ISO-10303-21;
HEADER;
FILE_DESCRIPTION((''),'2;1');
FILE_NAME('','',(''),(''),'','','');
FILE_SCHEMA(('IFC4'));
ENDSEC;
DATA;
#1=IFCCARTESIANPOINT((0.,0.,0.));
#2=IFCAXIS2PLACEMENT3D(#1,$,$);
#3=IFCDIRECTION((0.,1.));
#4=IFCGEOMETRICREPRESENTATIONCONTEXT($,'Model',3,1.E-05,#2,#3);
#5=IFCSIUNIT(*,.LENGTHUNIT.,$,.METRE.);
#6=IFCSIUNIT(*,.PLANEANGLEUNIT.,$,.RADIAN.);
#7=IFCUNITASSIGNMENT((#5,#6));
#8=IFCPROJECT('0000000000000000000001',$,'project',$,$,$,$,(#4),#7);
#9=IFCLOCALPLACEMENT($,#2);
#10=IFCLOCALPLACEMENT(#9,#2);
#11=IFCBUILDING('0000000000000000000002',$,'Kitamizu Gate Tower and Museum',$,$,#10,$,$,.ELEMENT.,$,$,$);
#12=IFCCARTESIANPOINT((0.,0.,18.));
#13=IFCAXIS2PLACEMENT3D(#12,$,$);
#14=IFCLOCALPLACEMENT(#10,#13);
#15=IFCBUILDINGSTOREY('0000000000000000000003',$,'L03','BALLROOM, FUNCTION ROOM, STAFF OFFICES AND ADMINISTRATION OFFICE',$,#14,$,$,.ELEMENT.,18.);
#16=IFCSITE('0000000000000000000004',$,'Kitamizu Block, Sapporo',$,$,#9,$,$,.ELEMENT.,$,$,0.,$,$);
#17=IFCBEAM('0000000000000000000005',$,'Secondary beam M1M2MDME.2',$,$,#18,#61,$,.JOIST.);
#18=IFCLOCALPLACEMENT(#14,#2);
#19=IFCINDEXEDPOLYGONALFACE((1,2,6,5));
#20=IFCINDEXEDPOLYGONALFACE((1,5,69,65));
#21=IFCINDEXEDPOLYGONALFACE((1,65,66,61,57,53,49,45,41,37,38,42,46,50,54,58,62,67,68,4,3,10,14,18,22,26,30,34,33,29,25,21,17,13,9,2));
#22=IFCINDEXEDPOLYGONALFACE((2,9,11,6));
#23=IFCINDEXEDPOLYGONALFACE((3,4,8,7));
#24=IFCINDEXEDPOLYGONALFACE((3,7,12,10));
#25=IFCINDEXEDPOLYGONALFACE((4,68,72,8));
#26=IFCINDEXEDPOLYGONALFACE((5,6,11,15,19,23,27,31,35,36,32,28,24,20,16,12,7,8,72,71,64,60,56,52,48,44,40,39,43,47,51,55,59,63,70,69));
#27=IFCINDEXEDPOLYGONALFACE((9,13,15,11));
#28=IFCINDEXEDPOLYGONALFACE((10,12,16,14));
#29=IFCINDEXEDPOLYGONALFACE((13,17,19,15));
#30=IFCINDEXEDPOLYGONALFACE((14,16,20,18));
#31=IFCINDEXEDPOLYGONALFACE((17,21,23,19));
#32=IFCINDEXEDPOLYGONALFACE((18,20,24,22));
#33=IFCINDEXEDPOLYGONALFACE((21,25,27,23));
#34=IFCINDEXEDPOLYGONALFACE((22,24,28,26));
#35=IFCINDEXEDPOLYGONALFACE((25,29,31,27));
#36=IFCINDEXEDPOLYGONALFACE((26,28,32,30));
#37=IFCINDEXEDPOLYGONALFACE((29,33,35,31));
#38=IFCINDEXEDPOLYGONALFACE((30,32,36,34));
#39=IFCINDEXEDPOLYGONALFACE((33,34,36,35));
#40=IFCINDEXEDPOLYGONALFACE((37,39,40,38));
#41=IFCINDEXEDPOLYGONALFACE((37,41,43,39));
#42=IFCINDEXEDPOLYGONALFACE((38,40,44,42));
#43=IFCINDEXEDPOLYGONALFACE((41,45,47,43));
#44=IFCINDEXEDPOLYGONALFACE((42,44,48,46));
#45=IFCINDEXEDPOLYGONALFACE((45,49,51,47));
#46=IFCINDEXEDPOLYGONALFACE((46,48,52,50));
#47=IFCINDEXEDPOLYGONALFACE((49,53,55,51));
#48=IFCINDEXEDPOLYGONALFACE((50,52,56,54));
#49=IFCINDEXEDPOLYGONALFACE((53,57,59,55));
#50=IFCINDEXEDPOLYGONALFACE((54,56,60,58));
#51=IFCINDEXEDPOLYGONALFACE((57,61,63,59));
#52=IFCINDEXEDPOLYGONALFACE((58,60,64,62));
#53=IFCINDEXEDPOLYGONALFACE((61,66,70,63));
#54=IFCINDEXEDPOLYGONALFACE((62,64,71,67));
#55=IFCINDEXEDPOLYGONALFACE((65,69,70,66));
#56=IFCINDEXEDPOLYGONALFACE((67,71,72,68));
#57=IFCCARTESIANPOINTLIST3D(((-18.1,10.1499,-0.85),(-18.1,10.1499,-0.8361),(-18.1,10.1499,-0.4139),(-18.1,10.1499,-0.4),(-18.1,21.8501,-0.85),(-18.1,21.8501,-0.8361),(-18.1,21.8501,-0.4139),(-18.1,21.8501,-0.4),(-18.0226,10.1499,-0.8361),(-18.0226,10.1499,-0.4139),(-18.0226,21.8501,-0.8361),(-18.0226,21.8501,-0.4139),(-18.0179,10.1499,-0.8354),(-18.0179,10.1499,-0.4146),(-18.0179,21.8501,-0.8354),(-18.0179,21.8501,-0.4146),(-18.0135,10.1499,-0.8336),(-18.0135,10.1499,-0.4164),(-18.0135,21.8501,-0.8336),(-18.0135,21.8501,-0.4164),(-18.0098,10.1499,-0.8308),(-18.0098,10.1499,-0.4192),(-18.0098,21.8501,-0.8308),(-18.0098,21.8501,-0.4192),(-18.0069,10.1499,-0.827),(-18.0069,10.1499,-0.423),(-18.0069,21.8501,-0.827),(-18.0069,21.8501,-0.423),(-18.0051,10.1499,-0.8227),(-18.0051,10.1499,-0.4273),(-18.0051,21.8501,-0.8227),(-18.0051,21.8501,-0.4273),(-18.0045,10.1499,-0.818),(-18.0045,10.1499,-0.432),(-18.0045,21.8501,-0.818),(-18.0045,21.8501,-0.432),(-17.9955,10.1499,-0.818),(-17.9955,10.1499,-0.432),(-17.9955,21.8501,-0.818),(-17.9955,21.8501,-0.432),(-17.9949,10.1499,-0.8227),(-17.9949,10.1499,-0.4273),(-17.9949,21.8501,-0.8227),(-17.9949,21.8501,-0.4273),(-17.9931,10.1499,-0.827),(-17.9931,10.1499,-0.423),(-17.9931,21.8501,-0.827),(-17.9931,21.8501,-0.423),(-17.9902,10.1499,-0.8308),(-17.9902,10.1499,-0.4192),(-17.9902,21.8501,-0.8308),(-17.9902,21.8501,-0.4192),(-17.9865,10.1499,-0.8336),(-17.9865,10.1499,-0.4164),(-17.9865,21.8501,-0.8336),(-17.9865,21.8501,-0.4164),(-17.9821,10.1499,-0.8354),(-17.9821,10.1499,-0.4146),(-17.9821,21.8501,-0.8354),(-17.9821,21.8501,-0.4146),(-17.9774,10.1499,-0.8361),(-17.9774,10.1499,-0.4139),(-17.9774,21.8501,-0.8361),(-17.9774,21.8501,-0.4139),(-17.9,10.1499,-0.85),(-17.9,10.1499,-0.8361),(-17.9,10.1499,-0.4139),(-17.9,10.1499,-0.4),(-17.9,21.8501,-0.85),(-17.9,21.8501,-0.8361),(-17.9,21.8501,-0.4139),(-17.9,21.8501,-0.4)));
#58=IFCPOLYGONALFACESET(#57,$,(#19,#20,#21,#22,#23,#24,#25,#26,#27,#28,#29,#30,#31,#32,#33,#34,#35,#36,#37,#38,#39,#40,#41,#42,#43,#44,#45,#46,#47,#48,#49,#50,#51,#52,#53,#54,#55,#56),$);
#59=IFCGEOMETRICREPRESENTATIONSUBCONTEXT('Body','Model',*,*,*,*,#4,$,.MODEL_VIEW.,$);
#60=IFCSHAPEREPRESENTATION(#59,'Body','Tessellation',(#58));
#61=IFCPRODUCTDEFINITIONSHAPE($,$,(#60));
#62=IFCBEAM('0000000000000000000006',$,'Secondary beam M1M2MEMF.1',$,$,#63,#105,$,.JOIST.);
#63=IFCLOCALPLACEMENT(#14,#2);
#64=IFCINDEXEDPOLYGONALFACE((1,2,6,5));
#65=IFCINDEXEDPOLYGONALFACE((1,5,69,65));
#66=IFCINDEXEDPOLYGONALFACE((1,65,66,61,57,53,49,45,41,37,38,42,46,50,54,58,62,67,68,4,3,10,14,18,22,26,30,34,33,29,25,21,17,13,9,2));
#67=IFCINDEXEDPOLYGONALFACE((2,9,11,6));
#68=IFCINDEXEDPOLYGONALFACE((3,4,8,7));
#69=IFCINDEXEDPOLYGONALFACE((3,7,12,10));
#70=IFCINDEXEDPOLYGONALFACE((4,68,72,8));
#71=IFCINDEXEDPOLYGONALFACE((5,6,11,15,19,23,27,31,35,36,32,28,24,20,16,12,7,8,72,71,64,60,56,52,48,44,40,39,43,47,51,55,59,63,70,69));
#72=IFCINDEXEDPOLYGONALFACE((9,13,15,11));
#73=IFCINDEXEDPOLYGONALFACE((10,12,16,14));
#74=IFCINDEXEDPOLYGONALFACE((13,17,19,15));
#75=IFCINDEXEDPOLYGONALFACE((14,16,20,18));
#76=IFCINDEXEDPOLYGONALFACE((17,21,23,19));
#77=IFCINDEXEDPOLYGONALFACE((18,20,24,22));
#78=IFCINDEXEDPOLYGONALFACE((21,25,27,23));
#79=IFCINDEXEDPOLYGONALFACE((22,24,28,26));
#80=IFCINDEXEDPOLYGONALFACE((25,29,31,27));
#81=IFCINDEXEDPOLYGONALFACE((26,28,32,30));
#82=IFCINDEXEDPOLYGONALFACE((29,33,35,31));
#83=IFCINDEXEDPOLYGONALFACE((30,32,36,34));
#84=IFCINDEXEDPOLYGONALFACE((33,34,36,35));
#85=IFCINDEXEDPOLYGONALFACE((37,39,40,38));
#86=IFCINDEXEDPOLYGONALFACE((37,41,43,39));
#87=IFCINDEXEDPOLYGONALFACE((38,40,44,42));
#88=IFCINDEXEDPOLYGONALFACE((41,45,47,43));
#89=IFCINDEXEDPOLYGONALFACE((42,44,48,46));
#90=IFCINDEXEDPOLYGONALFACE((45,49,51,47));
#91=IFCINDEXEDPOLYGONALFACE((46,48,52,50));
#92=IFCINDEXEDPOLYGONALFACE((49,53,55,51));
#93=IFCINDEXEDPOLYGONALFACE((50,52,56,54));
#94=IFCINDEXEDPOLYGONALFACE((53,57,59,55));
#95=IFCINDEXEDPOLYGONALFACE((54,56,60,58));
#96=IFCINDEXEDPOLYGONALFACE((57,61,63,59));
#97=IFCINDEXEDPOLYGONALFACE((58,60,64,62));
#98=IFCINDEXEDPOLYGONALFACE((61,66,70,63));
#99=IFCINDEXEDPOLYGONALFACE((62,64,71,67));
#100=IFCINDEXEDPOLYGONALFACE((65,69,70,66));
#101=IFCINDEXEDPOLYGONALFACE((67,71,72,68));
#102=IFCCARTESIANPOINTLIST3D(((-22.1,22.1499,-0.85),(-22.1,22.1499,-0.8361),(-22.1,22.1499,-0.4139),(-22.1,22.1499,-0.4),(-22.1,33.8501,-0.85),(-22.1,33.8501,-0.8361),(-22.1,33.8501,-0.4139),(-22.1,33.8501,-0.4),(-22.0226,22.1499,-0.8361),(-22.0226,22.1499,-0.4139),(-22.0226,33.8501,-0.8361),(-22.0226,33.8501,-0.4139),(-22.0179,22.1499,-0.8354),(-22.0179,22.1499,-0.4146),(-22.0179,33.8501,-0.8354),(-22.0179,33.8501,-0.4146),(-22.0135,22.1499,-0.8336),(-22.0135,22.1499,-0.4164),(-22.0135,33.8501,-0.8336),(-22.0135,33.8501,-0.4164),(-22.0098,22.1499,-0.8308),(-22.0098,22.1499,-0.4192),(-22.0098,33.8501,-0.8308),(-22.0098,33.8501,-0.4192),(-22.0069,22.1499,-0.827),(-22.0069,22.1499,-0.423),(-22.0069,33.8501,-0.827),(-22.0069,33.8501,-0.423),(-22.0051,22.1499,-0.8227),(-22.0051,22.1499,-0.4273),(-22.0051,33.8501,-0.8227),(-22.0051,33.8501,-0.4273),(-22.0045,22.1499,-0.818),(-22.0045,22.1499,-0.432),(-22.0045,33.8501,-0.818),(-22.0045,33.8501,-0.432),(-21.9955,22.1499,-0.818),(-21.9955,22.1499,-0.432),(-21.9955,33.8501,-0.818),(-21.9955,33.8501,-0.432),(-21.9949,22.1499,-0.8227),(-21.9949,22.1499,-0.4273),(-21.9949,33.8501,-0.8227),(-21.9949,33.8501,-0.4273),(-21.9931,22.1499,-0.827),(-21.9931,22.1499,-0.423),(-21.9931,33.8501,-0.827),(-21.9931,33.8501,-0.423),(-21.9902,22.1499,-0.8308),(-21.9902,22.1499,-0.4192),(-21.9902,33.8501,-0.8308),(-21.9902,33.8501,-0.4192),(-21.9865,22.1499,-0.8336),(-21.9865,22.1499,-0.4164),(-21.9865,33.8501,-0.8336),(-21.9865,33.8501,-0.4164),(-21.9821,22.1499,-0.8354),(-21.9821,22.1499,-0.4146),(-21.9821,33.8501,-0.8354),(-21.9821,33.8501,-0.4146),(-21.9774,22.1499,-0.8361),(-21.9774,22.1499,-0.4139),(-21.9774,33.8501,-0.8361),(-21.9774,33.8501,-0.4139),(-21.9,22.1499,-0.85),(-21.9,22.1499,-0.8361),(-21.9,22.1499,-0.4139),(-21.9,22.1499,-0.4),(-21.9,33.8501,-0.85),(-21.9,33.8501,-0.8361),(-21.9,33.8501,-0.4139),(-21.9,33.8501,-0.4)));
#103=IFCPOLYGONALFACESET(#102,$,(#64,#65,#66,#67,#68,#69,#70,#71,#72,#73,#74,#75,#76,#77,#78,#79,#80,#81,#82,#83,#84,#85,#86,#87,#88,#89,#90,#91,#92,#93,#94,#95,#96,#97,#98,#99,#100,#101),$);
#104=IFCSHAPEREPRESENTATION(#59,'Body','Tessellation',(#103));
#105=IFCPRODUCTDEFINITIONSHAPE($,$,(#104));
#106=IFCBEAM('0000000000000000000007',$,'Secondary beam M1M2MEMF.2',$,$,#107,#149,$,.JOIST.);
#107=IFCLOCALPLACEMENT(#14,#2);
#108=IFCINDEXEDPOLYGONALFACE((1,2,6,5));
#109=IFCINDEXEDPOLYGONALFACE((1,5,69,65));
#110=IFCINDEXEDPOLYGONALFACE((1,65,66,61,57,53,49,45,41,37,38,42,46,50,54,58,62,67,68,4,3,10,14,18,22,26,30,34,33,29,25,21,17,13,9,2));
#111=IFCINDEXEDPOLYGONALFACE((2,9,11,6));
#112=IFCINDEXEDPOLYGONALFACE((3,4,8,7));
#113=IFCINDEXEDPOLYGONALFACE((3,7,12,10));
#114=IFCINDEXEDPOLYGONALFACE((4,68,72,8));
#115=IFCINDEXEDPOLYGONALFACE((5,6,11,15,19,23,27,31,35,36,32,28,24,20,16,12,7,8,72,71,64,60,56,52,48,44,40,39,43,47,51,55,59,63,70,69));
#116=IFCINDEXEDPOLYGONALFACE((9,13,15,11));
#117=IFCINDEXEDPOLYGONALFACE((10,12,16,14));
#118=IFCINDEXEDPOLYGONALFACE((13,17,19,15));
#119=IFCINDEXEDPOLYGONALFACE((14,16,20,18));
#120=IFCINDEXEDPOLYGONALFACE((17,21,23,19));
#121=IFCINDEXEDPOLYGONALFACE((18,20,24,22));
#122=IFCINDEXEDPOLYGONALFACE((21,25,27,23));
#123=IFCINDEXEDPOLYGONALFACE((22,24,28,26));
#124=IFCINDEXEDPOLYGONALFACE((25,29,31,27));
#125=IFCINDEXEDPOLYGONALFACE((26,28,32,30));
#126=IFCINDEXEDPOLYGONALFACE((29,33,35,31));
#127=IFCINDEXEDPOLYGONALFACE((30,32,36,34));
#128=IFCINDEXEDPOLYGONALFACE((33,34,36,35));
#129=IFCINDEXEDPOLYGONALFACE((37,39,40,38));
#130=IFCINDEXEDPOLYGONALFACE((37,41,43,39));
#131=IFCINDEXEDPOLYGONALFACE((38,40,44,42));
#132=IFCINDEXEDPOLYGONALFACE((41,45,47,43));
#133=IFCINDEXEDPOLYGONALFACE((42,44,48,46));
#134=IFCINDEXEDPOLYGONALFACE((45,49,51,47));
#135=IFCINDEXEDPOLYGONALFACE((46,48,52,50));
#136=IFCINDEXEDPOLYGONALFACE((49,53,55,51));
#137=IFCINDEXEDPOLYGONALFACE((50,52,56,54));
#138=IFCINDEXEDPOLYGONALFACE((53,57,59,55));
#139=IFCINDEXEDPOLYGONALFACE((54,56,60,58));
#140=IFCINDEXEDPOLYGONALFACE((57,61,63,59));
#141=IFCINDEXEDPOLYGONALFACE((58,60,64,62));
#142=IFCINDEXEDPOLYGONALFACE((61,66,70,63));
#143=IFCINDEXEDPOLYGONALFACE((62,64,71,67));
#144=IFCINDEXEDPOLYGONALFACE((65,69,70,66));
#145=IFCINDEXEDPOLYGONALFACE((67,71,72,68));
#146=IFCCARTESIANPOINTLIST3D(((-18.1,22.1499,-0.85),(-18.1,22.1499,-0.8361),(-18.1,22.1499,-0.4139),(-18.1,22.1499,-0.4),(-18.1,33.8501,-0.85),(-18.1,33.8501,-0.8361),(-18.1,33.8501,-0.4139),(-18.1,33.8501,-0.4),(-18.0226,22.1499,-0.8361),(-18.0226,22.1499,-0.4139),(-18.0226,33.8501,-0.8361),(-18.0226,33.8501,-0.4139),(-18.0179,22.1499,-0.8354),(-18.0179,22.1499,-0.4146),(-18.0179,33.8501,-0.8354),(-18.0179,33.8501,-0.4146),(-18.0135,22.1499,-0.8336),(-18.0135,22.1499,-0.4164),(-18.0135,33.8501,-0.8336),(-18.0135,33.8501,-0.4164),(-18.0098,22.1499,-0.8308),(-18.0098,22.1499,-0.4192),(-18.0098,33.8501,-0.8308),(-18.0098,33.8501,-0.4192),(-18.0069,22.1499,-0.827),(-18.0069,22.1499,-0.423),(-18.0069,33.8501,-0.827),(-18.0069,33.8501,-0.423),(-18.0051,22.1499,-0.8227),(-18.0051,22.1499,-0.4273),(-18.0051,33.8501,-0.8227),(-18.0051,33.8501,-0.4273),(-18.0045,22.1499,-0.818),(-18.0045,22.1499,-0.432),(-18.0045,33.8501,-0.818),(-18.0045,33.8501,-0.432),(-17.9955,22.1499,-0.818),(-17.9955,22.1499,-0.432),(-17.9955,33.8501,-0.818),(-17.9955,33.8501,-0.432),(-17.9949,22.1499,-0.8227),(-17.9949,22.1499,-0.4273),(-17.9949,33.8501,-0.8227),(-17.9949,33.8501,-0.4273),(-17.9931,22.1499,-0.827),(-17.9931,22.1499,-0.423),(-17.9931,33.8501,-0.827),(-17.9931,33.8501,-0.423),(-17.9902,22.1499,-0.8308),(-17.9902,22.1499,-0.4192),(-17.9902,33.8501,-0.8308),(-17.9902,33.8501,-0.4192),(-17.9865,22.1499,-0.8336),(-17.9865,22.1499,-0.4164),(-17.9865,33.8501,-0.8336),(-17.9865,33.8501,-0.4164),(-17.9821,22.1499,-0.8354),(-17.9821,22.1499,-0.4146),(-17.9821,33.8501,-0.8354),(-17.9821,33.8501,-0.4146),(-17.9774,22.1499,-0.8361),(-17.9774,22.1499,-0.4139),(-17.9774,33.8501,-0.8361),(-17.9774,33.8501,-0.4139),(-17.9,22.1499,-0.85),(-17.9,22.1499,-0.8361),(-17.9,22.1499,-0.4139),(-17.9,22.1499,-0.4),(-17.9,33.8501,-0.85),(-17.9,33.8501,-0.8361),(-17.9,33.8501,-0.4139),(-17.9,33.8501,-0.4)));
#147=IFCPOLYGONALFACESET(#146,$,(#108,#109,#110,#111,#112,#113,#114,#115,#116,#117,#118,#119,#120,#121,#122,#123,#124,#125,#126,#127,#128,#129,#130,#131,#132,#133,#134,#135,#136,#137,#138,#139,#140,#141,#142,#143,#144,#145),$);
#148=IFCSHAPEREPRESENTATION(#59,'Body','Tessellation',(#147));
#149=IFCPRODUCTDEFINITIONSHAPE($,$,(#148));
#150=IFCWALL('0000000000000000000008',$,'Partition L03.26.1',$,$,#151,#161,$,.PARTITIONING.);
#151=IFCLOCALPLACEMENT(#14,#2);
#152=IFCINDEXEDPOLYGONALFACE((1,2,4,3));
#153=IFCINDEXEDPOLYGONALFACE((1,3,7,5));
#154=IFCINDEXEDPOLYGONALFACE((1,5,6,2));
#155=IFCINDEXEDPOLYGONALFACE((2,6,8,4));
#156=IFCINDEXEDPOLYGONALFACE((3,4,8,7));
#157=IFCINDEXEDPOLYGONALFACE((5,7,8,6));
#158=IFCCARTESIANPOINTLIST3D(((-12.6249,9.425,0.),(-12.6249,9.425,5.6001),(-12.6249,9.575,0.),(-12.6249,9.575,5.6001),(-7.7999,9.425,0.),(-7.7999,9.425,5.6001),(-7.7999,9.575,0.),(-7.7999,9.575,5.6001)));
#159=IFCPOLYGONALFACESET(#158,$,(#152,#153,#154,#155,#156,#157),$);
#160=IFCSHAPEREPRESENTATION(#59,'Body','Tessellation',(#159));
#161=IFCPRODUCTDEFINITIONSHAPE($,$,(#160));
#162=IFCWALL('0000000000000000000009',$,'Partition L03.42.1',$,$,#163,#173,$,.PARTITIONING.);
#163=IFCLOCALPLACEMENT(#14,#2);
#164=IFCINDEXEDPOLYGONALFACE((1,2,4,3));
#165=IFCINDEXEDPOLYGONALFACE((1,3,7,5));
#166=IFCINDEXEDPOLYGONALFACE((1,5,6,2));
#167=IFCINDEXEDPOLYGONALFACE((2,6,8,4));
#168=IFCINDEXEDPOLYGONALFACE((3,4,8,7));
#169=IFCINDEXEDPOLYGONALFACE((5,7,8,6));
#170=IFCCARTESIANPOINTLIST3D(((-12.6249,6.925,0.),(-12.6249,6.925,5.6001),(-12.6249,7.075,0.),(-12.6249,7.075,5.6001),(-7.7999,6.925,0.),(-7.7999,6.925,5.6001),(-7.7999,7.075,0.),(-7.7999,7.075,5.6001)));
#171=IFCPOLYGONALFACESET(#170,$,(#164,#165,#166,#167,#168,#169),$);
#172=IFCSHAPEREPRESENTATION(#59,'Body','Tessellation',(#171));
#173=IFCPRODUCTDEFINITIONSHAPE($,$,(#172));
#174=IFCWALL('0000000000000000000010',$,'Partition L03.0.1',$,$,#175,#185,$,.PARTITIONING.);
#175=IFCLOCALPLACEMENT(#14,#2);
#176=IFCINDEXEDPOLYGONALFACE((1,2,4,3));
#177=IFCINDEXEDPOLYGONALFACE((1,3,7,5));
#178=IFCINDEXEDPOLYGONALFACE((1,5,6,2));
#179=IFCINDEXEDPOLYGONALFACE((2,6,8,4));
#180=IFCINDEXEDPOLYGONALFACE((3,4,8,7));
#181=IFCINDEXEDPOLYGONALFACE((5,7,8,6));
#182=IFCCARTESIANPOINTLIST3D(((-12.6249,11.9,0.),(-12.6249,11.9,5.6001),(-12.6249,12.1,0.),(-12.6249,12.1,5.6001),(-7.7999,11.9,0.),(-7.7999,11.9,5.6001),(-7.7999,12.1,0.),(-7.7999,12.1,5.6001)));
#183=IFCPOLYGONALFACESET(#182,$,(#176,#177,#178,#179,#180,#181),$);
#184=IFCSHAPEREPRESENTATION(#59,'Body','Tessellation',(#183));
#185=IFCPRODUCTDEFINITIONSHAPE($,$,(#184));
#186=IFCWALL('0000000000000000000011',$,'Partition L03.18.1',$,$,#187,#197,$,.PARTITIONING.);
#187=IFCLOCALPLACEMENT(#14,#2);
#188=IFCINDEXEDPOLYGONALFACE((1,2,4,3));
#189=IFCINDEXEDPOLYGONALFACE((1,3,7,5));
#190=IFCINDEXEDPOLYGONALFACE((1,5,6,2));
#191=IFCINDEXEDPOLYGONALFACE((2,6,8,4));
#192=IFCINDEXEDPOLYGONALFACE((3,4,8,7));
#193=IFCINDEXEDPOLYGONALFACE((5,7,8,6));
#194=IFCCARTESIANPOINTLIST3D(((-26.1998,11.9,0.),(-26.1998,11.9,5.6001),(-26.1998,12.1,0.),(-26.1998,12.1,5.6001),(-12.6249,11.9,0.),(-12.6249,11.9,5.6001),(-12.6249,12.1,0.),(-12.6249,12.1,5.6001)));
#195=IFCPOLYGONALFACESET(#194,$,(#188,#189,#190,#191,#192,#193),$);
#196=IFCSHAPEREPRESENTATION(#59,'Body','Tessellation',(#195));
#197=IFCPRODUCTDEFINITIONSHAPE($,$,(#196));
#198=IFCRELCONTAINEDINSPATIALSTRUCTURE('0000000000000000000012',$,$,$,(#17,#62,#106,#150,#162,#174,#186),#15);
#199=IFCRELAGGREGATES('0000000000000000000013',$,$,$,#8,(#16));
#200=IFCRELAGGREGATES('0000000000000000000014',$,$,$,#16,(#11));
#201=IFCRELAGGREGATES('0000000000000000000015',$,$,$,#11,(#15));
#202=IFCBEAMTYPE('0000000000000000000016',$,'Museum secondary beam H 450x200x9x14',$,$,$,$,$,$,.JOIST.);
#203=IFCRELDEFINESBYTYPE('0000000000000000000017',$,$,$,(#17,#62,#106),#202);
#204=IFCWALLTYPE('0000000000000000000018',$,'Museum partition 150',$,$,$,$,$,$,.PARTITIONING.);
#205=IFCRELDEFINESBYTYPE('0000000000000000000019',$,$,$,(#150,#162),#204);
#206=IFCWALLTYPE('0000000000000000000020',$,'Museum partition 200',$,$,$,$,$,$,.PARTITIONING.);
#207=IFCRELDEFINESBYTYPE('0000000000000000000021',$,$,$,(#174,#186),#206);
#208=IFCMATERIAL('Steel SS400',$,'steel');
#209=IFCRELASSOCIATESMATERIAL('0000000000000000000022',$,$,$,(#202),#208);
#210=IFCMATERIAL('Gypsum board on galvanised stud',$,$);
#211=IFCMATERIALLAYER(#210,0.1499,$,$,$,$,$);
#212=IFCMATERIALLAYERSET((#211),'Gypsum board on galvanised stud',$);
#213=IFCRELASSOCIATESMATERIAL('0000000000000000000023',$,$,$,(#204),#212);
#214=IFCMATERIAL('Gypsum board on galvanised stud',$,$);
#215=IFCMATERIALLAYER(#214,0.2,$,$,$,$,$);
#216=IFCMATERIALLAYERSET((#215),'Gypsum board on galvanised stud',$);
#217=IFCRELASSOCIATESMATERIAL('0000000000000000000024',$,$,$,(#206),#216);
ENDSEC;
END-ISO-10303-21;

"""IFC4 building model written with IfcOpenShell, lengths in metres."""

from ifc_helpers import new_model, si_unit, direction, frame, frame_2d, origin, origin_2d, place, context, subcontext, project, spatial, rectangle, i_section, extrude, material, layer, layer_set, material_profile, profile_set, type_object, element, save


model = new_model("IFC4")

# Units and contexts
model_context = context("Model", 3, precision=1e-05, world=origin(), true_north=direction((0.0, 1.0)))
body_context = subcontext(model_context, "Body", "Model", "MODEL_VIEW")
ifc_project = project(units=[si_unit("LENGTHUNIT", "METRE"), si_unit("PLANEANGLEUNIT", "RADIAN")], contexts=[model_context])

# Site, building, storey
site_placement = place(None, origin())
site = spatial("IfcSite", under=ifc_project, at=site_placement, Name="Kitamizu Block, Sapporo", CompositionType="ELEMENT", RefElevation=0.0)
building_placement = place(site_placement, origin())
building = spatial("IfcBuilding", under=site, at=building_placement, Name="Kitamizu Gate Tower and Museum", CompositionType="ELEMENT")
storey_placement = place(building_placement, frame((0.0, 0.0, 18.0)))
storey = spatial("IfcBuildingStorey", under=building, at=storey_placement, Name="L03", Description="BALLROOM, FUNCTION ROOM, STAFF OFFICES AND ADMINISTRATION OFFICE", CompositionType="ELEMENT", Elevation=18.0)

# Beams
ifc_material_1 = material(Name="Steel SS400", Category="steel")
ifc_material_profile_1 = material_profile(ifc_material_1, i_section(OverallWidth=0.2, OverallDepth=0.45, WebThickness=0.009, FlangeThickness=0.0139, FilletRadius=0.0181, at=origin_2d()), Name="H-450x200x9x14")
ifc_profile_set_1 = profile_set([ifc_material_profile_1], Name="Steel SS400")
beam_type_1 = type_object("IfcBeamType", Name="Museum secondary beam H 450x200x9x14", PredefinedType="JOIST", material=ifc_profile_set_1)
for number, where, z_axis, x_axis, name in (
    (1, (-18.0, 10.1499, -0.625), (0.0, 1.0, 0.0), (-1.0, 0.0, 0.0), "Secondary beam M1M2MDME.2"),
    (2, (-22.0, 22.1499, -0.625), (0.0, 1.0, 0.0), (-1.0, 0.0, 0.0), "Secondary beam M1M2MEMF.1"),
    (3, (-18.0, 22.1499, -0.625), (0.0, 1.0, 0.0), (-1.0, 0.0, 0.0), "Secondary beam M1M2MEMF.2"),
):
    element("IfcBeam", number, at=place(storey_placement, frame(where, z_axis=z_axis, x_axis=x_axis)), inside=storey, type_object=beam_type_1, Name=name, PredefinedType="JOIST", context=body_context, shape_type="SweptSolid", body=[
        extrude(i_section(OverallWidth=0.2, OverallDepth=0.45, WebThickness=0.009, FlangeThickness=0.0139, FilletRadius=0.0181, at=origin_2d()), origin(), (0.0, 0.0, 1.0), 11.7002),
    ])

# Walls
ifc_material_2 = material(Name="Gypsum board on galvanised stud")
ifc_layer_1 = layer(ifc_material_2, 0.1499)
ifc_layer_set_1 = layer_set([ifc_layer_1], Name="Gypsum board on galvanised stud")
wall_type_1 = type_object("IfcWallType", Name="Museum partition 150", PredefinedType="PARTITIONING", material=ifc_layer_set_1)
for number, where, z_axis, x_axis, name in (
    (4, (-12.625, 9.5, 0.0), (0.0, 0.0, 1.0), (1.0, 0.0, 0.0), "Partition L03.26.1"),
    (5, (-12.625, 7.0, 0.0), (0.0, 0.0, 1.0), (1.0, 0.0, 0.0), "Partition L03.42.1"),
):
    element("IfcWall", number, at=place(storey_placement, frame(where, z_axis=z_axis, x_axis=x_axis)), inside=storey, type_object=wall_type_1, Name=name, PredefinedType="PARTITIONING", context=body_context, shape_type="SweptSolid", body=[
        extrude(rectangle(XDim=4.825, YDim=0.1499, at=frame_2d((2.4126, 0.0))), origin(), (0.0, 0.0, 1.0), 5.6001),
    ])
ifc_material_3 = material(Name="Gypsum board on galvanised stud")
ifc_layer_2 = layer(ifc_material_3, 0.2)
ifc_layer_set_2 = layer_set([ifc_layer_2], Name="Gypsum board on galvanised stud")
wall_type_2 = type_object("IfcWallType", Name="Museum partition 200", PredefinedType="PARTITIONING", material=ifc_layer_set_2)
wall_1_placement = place(storey_placement, frame((-12.625, 12.0, 0.0), z_axis=(0.0, 0.0, 1.0), x_axis=(1.0, 0.0, 0.0)))
element("IfcWall", 6, at=wall_1_placement, inside=storey, type_object=wall_type_2, Name="Partition L03.0.1", PredefinedType="PARTITIONING", context=body_context, shape_type="SweptSolid", body=[
    extrude(rectangle(XDim=4.825, YDim=0.2, at=frame_2d((2.4126, 0.0))), origin(), (0.0, 0.0, 1.0), 5.6001),
])
wall_2_placement = place(storey_placement, frame((-26.2, 12.0, 0.0), z_axis=(0.0, 0.0, 1.0), x_axis=(1.0, 0.0, 0.0)))
element("IfcWall", 7, at=wall_2_placement, inside=storey, type_object=wall_type_2, Name="Partition L03.18.1", PredefinedType="PARTITIONING", context=body_context, shape_type="SweptSolid", body=[
    extrude(rectangle(XDim=13.575, YDim=0.2, at=frame_2d((6.7876, 0.0))), origin(), (0.0, 0.0, 1.0), 5.6001),
])

save(model, "model.ifc")
